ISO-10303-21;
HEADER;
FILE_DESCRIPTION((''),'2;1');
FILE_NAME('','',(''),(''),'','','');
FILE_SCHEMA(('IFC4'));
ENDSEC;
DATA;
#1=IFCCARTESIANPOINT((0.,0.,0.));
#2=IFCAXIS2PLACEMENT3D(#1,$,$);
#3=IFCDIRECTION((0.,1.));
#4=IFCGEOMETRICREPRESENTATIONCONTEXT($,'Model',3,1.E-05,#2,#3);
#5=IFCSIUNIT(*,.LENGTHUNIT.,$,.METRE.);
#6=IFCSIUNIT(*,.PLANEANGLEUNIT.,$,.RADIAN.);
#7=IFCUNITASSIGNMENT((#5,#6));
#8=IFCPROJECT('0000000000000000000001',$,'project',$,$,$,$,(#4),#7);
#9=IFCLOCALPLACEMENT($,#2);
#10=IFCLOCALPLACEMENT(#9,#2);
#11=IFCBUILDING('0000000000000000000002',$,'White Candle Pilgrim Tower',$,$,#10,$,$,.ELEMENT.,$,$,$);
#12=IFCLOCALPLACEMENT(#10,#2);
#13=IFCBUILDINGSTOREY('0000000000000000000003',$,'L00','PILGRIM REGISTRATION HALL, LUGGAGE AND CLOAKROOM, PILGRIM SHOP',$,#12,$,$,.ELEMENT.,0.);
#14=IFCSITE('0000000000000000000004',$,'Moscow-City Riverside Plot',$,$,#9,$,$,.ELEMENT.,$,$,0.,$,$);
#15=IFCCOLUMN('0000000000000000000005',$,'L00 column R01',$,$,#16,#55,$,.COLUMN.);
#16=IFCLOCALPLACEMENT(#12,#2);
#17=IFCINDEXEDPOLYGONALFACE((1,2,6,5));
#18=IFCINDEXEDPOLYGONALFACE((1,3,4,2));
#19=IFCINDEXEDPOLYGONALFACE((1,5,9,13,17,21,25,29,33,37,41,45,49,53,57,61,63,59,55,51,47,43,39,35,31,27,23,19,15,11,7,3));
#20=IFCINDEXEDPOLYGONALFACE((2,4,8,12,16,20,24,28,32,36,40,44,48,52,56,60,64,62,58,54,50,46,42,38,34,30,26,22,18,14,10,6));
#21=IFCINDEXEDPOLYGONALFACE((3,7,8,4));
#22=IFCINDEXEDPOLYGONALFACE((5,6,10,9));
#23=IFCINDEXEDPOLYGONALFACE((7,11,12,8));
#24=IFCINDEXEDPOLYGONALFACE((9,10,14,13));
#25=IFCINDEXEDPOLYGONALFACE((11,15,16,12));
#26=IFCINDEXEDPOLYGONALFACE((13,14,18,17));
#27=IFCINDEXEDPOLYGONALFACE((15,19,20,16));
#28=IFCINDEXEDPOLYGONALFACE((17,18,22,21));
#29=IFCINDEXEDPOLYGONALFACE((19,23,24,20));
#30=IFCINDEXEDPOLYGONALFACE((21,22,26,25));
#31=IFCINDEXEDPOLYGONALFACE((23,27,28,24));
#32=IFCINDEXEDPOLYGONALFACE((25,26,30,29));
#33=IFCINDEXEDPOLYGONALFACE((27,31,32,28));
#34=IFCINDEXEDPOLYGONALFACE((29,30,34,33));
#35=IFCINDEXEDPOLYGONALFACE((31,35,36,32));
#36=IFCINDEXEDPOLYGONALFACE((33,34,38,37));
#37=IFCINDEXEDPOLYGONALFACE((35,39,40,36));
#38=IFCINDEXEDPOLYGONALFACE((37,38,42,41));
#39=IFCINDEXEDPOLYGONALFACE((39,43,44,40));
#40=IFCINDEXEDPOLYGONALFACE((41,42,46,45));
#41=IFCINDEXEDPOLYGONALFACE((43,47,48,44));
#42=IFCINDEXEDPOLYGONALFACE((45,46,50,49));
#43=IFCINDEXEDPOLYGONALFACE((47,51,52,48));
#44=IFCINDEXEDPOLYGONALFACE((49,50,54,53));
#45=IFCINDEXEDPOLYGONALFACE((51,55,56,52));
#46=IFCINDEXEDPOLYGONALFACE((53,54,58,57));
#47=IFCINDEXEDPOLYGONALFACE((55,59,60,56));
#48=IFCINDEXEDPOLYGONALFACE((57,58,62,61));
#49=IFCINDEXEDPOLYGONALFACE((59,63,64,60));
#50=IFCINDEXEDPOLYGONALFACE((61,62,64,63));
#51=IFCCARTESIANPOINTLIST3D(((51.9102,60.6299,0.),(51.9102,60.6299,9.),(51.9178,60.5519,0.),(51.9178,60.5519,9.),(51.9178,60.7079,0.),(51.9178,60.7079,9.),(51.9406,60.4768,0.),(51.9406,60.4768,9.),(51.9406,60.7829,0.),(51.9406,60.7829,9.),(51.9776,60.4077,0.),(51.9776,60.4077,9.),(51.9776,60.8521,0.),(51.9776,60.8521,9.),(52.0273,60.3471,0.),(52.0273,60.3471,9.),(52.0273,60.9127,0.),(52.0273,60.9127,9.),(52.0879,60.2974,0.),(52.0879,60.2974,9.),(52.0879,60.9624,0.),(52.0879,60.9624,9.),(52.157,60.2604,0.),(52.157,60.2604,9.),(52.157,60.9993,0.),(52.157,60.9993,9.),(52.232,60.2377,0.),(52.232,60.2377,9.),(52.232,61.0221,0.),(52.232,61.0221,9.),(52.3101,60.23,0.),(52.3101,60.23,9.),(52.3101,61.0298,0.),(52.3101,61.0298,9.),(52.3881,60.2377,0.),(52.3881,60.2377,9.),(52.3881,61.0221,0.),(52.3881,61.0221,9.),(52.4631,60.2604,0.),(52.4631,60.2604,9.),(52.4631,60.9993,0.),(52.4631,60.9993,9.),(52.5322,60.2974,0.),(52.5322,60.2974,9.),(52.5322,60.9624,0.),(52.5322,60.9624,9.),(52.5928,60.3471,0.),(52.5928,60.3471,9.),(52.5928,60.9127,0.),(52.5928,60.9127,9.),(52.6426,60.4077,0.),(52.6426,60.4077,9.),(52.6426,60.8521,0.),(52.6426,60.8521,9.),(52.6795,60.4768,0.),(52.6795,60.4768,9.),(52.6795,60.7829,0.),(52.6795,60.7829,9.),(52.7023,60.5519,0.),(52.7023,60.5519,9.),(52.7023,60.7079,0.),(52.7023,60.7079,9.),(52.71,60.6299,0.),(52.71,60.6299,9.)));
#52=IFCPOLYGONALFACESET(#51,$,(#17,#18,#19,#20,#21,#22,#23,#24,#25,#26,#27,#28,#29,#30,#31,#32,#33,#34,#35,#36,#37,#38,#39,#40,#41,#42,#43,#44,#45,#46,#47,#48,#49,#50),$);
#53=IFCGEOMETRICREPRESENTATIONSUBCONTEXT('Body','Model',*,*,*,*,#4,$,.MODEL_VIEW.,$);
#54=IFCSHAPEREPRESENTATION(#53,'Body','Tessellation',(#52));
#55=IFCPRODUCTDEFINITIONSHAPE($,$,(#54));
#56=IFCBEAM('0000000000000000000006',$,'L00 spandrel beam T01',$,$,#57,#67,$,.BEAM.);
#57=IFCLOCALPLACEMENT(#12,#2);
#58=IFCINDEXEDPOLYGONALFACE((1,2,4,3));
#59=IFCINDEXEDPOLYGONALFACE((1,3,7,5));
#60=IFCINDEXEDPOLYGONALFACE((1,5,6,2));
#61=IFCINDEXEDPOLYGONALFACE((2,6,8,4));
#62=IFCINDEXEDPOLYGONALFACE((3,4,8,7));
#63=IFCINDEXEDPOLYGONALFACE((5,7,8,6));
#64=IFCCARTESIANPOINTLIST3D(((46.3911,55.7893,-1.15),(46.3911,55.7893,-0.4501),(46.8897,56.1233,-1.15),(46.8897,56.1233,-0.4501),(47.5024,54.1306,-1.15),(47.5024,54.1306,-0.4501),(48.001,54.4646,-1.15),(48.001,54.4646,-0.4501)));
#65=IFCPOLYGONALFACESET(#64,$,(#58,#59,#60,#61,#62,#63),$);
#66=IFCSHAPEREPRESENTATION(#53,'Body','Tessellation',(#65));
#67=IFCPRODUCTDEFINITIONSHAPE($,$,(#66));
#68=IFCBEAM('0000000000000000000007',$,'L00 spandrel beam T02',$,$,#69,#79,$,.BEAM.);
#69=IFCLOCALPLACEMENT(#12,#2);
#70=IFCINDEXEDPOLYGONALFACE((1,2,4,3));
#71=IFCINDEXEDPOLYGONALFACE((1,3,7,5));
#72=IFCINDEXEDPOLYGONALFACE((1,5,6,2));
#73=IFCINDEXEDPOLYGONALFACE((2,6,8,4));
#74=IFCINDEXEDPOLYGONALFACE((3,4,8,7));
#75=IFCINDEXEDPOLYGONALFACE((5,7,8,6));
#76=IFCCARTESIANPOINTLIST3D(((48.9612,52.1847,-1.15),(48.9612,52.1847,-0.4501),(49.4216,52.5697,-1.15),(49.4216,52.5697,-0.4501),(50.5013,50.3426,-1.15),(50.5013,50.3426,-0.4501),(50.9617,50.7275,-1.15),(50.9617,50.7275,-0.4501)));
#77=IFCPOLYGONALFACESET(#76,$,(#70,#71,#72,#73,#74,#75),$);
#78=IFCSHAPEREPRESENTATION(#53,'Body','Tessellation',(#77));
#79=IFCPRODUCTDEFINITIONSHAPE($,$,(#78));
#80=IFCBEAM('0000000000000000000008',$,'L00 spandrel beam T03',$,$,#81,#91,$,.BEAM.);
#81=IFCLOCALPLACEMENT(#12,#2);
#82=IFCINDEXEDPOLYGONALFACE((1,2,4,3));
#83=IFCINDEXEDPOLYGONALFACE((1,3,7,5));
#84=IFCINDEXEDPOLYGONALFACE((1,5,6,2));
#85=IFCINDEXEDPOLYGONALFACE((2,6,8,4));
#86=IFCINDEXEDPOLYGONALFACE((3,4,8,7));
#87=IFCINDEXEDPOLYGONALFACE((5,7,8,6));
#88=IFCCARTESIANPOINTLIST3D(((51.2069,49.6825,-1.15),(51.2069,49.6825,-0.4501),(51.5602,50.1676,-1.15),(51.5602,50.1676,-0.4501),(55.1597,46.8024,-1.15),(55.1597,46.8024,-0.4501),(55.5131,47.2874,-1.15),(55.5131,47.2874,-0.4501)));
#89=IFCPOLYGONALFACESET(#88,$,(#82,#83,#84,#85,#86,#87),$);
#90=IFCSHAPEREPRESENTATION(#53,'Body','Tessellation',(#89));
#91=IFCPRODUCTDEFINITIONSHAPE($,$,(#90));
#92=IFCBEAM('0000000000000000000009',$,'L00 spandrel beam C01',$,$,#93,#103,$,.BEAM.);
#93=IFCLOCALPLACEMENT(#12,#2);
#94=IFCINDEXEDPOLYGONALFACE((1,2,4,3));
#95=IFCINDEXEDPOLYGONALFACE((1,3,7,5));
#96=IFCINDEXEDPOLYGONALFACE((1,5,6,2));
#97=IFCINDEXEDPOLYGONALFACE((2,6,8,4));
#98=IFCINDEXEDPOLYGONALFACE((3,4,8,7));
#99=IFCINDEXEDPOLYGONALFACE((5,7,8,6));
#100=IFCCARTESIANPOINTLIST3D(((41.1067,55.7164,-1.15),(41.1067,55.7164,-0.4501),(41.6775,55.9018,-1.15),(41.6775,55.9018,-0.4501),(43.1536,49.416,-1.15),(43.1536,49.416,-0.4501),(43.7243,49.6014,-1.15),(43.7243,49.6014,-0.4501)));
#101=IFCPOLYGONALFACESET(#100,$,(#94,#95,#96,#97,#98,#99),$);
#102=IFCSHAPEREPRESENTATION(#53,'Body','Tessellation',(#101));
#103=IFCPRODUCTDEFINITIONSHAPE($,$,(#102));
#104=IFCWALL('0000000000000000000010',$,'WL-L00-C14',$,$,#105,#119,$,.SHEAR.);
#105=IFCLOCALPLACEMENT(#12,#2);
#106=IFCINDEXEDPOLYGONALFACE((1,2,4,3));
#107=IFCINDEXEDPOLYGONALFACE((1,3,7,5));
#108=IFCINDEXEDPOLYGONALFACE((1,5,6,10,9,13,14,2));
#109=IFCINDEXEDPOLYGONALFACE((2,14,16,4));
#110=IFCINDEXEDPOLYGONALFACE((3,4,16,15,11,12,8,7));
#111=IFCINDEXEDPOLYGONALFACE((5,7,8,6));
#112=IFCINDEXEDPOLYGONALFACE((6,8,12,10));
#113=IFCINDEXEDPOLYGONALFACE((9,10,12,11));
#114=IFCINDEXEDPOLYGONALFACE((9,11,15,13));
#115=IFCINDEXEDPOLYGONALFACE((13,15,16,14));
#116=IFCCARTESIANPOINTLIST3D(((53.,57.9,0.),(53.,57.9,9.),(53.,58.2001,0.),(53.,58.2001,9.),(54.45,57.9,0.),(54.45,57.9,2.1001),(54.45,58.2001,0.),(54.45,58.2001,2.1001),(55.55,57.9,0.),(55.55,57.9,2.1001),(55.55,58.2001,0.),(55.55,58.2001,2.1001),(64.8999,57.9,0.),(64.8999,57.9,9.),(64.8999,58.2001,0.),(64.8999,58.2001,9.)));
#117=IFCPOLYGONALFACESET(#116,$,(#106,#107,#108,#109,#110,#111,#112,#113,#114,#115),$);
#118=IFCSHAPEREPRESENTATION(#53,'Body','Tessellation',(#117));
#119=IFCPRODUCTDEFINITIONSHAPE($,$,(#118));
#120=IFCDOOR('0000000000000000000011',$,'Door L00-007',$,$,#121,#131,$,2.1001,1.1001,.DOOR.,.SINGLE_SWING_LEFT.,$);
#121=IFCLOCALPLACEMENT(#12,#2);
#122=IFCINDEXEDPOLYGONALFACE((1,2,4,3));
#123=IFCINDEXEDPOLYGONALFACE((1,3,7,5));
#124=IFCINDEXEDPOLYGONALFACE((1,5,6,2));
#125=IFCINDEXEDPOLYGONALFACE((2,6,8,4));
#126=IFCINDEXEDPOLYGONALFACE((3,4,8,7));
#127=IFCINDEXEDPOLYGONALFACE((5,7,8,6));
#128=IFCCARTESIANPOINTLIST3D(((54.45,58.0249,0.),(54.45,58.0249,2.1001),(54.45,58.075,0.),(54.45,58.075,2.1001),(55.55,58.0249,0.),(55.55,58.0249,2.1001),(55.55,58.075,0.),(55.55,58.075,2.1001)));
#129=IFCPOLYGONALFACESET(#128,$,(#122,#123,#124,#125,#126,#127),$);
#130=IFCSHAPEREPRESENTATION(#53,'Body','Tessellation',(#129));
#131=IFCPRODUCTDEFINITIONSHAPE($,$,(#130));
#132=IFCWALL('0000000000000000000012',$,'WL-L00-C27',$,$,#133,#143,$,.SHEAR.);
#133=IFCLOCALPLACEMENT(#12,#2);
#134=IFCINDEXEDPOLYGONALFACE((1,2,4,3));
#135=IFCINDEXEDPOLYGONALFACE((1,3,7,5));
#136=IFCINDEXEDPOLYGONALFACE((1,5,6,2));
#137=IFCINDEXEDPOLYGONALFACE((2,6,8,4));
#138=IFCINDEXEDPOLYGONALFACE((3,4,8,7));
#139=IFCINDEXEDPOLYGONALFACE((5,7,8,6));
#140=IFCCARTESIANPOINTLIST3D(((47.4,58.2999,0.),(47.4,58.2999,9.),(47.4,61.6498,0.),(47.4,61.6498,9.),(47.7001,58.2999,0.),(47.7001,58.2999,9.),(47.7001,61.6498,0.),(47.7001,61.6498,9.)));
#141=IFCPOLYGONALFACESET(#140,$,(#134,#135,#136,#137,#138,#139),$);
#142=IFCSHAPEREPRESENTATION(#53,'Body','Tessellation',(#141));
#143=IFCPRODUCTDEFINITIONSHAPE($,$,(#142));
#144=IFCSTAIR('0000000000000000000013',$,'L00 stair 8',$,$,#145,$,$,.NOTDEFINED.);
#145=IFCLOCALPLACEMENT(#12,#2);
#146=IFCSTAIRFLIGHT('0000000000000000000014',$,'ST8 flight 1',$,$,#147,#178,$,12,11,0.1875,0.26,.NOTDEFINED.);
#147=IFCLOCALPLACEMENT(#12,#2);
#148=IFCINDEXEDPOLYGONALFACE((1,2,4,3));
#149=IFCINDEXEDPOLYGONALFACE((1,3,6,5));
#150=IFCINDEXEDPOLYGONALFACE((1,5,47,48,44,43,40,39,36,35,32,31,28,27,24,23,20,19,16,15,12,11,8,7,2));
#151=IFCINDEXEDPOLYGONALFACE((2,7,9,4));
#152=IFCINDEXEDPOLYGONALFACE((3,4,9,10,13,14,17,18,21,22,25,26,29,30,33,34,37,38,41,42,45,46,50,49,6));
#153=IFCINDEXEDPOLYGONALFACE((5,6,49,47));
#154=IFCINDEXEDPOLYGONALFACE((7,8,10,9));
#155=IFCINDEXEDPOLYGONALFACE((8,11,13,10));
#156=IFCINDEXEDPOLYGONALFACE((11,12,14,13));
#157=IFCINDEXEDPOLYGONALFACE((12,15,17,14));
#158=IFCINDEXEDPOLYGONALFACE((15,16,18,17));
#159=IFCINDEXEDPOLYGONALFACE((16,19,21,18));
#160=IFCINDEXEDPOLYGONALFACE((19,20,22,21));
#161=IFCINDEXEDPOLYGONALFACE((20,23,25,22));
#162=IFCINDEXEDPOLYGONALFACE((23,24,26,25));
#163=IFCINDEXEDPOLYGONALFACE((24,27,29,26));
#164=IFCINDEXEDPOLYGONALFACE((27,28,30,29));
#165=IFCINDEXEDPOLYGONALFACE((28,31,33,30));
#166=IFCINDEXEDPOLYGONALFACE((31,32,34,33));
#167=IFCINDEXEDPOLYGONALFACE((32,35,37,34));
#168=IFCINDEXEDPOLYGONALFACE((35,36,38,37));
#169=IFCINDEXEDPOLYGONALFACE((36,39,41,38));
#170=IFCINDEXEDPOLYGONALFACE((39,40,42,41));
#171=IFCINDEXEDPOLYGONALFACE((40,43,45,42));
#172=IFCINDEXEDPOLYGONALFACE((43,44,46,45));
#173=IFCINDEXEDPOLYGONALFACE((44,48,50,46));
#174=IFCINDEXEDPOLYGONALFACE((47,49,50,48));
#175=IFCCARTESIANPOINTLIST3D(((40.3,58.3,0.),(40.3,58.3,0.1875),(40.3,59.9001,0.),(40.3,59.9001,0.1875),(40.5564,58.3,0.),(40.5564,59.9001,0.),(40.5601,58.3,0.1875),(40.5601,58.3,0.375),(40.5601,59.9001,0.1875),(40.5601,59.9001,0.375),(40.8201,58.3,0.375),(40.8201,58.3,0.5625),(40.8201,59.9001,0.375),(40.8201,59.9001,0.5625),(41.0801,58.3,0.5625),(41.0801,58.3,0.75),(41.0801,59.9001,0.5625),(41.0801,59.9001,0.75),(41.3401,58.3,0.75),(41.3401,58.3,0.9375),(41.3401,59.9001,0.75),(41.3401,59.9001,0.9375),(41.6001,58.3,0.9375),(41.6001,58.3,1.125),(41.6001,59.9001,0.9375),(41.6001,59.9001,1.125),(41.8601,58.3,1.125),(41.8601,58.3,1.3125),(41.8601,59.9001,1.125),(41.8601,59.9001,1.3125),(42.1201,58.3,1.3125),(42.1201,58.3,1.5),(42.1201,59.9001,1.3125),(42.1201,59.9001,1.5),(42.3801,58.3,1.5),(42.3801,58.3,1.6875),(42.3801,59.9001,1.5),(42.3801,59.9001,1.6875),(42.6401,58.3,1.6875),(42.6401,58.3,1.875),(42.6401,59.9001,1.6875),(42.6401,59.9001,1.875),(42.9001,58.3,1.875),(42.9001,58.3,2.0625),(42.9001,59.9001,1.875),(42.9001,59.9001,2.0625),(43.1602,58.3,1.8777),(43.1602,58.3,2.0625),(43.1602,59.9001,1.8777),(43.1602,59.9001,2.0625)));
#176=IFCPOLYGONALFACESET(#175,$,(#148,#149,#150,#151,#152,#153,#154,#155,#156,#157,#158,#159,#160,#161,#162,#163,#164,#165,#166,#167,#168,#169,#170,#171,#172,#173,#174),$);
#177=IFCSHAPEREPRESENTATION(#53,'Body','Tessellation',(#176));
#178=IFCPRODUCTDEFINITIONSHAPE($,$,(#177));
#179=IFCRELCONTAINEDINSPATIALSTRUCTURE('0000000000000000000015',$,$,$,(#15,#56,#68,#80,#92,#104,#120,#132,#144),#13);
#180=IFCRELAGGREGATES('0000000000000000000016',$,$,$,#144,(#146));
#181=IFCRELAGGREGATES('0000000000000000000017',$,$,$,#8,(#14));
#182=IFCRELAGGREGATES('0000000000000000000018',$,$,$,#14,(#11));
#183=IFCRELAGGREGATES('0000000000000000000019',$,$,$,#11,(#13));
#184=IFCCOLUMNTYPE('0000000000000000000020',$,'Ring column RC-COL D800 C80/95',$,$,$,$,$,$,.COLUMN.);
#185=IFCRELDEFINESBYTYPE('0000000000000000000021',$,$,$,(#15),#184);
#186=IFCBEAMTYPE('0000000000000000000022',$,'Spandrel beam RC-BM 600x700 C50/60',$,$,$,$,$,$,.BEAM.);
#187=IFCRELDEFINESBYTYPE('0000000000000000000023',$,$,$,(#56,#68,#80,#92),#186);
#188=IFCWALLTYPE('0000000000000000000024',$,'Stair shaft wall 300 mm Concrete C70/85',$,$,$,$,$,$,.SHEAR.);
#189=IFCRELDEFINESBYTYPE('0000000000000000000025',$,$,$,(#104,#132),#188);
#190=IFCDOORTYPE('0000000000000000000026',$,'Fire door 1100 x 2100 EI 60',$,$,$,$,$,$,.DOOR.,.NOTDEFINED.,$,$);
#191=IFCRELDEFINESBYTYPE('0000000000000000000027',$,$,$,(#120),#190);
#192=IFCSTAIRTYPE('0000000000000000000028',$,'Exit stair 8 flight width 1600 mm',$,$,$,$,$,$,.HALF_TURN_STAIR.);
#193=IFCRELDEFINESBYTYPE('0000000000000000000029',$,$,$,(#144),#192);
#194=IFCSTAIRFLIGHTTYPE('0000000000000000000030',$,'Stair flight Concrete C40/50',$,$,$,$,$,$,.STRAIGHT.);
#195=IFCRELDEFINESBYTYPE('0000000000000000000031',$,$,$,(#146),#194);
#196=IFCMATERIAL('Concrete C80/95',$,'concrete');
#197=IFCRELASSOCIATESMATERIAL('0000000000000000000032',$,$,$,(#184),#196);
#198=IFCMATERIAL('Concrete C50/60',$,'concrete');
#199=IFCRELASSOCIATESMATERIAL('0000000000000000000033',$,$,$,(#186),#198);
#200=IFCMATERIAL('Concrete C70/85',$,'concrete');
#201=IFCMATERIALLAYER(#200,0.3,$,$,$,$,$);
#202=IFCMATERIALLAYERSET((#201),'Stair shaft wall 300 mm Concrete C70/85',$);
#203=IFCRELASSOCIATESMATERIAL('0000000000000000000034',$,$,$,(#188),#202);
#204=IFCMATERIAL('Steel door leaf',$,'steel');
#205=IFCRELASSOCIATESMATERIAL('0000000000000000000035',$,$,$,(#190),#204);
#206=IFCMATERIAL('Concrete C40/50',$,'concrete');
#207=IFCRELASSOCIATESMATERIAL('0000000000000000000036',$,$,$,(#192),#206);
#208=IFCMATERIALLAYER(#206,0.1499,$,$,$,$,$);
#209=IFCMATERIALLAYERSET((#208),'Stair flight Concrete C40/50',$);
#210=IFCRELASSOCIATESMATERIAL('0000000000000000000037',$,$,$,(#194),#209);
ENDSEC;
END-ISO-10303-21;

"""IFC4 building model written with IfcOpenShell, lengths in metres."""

from ifc_helpers import new_model, si_unit, direction, frame, frame_2d, origin, origin_2d, place, context, subcontext, project, spatial, polyline, rectangle, circle, outline, extrude, material, layer, layer_set, material_profile, profile_set, type_object, element, fill, aggregate, save


model = new_model("IFC4")

# Units and contexts
model_context = context("Model", 3, precision=1e-05, world=origin(), true_north=direction((0.0, 1.0)))
body_context = subcontext(model_context, "Body", "Model", "MODEL_VIEW")
ifc_project = project(units=[si_unit("LENGTHUNIT", "METRE"), si_unit("PLANEANGLEUNIT", "RADIAN")], contexts=[model_context])

# Site, building, storey
site_placement = place(None, origin())
site = spatial("IfcSite", under=ifc_project, at=site_placement, Name="Moscow-City Riverside Plot", CompositionType="ELEMENT", RefElevation=0.0)
building_placement = place(site_placement, origin())
building = spatial("IfcBuilding", under=site, at=building_placement, Name="White Candle Pilgrim Tower", CompositionType="ELEMENT")
storey_placement = place(building_placement, origin())
storey = spatial("IfcBuildingStorey", under=building, at=storey_placement, Name="L00", Description="PILGRIM REGISTRATION HALL, LUGGAGE AND CLOAKROOM, PILGRIM SHOP", CompositionType="ELEMENT", Elevation=0.0)

# Column
ifc_material_1 = material(Name="Concrete C80/95", Category="concrete")
ifc_material_profile_1 = material_profile(ifc_material_1, circle(Radius=0.3999, at=origin_2d()), Name="RC-COL D800")
ifc_profile_set_1 = profile_set([ifc_material_profile_1], Name="Concrete C80/95")
column_type_1 = type_object("IfcColumnType", Name="Ring column RC-COL D800 C80/95", PredefinedType="COLUMN", material=ifc_profile_set_1)
column_1_placement = place(storey_placement, frame((52.3101, 60.6299, 0.0), z_axis=(0.0, 0.0, 1.0), x_axis=(1.0, 0.0, 0.0)))
element("IfcColumn", 1, at=column_1_placement, inside=storey, type_object=column_type_1, Name="L00 column R01", PredefinedType="COLUMN", context=body_context, shape_type="SweptSolid", body=[
    extrude(circle(Radius=0.3999, at=origin_2d()), origin(), (0.0, 0.0, 1.0), 9.0),
])

# Beams
ifc_material_2 = material(Name="Concrete C50/60", Category="concrete")
ifc_material_profile_2 = material_profile(ifc_material_2, rectangle(XDim=0.6001, YDim=0.7, at=origin_2d()), Name="RC-BM 600x700")
ifc_profile_set_2 = profile_set([ifc_material_profile_2], Name="Concrete C50/60")
beam_type = type_object("IfcBeamType", Name="Spandrel beam RC-BM 600x700 C50/60", PredefinedType="BEAM", material=ifc_profile_set_2)
beam_1_placement = place(storey_placement, frame((46.6404, 55.9563, -0.8), z_axis=(0.556618, -0.830769, 0.0), x_axis=(0.830769, 0.556618, 0.0)))
element("IfcBeam", 2, at=beam_1_placement, inside=storey, type_object=beam_type, Name="L00 spandrel beam T01", PredefinedType="BEAM", context=body_context, shape_type="SweptSolid", body=[
    extrude(rectangle(XDim=0.6001, YDim=0.7, at=origin_2d()), origin(), (0.0, 0.0, 1.0), 1.9966),
])
beam_2_placement = place(storey_placement, frame((49.1914, 52.3772, -0.8), z_axis=(0.641414, -0.767195, 0.0), x_axis=(0.767195, 0.641414, 0.0)))
element("IfcBeam", 3, at=beam_2_placement, inside=storey, type_object=beam_type, Name="L00 spandrel beam T02", PredefinedType="BEAM", context=body_context, shape_type="SweptSolid", body=[
    extrude(rectangle(XDim=0.6001, YDim=0.7, at=origin_2d()), origin(), (0.0, 0.0, 1.0), 2.4011),
])
beam_3_placement = place(storey_placement, frame((51.3835, 49.925, -0.8), z_axis=(0.80822, -0.588881, 0.0), x_axis=(0.588881, 0.80822, 0.0)))
element("IfcBeam", 4, at=beam_3_placement, inside=storey, type_object=beam_type, Name="L00 spandrel beam T03", PredefinedType="BEAM", context=body_context, shape_type="SweptSolid", body=[
    extrude(rectangle(XDim=0.6001, YDim=0.7, at=origin_2d()), origin(), (0.0, 0.0, 1.0), 4.8909),
])
beam_4_placement = place(storey_placement, frame((41.3921, 55.8091, -0.8), z_axis=(0.308988, -0.951066, 0.0), x_axis=(0.951066, 0.308988, 0.0)))
element("IfcBeam", 5, at=beam_4_placement, inside=storey, type_object=beam_type, Name="L00 spandrel beam C01", PredefinedType="BEAM", context=body_context, shape_type="SweptSolid", body=[
    extrude(rectangle(XDim=0.6001, YDim=0.7, at=origin_2d()), origin(), (0.0, 0.0, 1.0), 6.6245),
])

# Wall, opening, door
ifc_material_3 = material(Name="Concrete C70/85", Category="concrete")
ifc_layer_1 = layer(ifc_material_3, 0.3)
ifc_layer_set_1 = layer_set([ifc_layer_1], Name="Stair shaft wall 300 mm Concrete C70/85")
wall_type = type_object("IfcWallType", Name="Stair shaft wall 300 mm Concrete C70/85", PredefinedType="SHEAR", material=ifc_layer_set_1)
wall_1_placement = place(storey_placement, frame((53.0, 58.05, 0.0), z_axis=(0.0, 0.0, 1.0), x_axis=(1.0, 0.0, 0.0)))
wall_1 = element("IfcWall", 6, at=wall_1_placement, inside=storey, type_object=wall_type, Name="WL-L00-C14", PredefinedType="SHEAR", context=body_context, shape_type="SweptSolid", body=[
    extrude(rectangle(XDim=11.8999, YDim=0.3, at=frame_2d((5.95, 0.0))), origin(), (0.0, 0.0, 1.0), 9.0),
])
opening_placement = place(wall_1_placement, frame((1.45, 0.0, 0.0)))
opening = element("IfcOpeningElement", 7, at=opening_placement, cuts=wall_1, PredefinedType="OPENING", context=body_context, shape_type="SweptSolid", body=[
    extrude(rectangle(XDim=1.1001, YDim=2.1001, at=frame_2d((0.55, 1.05))), frame((0.0, 0.1599, 0.0), z_axis=(0.0, -1.0, 0.0), x_axis=(1.0, 0.0, 0.0)), (0.0, 0.0, 1.0), 0.3201),
])
ifc_material_4 = material(Name="Steel door leaf", Category="steel")
door_type = type_object("IfcDoorType", Name="Fire door 1100 x 2100 EI 60", OperationType="NOTDEFINED", PredefinedType="DOOR", material=ifc_material_4)
door_placement = place(opening_placement, origin())
door = element("IfcDoor", 8, at=door_placement, inside=storey, type_object=door_type, Name="Door L00-007", OperationType="SINGLE_SWING_LEFT", OverallHeight=2.1001, OverallWidth=1.1001, PredefinedType="DOOR", context=body_context, shape_type="SweptSolid", body=[
    extrude(rectangle(XDim=1.1001, YDim=2.1001, at=frame_2d((0.55, 1.05))), frame((0.0, 0.0249, 0.0), z_axis=(0.0, -1.0, 0.0), x_axis=(1.0, 0.0, 0.0)), (0.0, 0.0, 1.0), 0.05),
])
fill(opening, door)

# Wall
wall_2_placement = place(storey_placement, frame((47.55, 58.3, 0.0), z_axis=(0.0, 0.0, 1.0), x_axis=(0.0, 1.0, 0.0)))
element("IfcWall", 9, at=wall_2_placement, inside=storey, type_object=wall_type, Name="WL-L00-C27", PredefinedType="SHEAR", context=body_context, shape_type="SweptSolid", body=[
    extrude(rectangle(XDim=3.3499, YDim=0.3, at=frame_2d((1.6748, 0.0))), origin(), (0.0, 0.0, 1.0), 9.0),
])

# Stair, stair flight
ifc_material_5 = material(Name="Concrete C40/50", Category="concrete")
stair_type = type_object("IfcStairType", Name="Exit stair 8 flight width 1600 mm", PredefinedType="HALF_TURN_STAIR", material=ifc_material_5)
stair_placement = place(storey_placement, origin())
stair = element("IfcStair", 10, at=stair_placement, inside=storey, type_object=stair_type, Name="L00 stair 8", PredefinedType="NOTDEFINED")
ifc_layer_2 = layer(ifc_material_5, 0.1499)
ifc_layer_set_2 = layer_set([ifc_layer_2], Name="Stair flight Concrete C40/50")
stair_flight_type = type_object("IfcStairFlightType", Name="Stair flight Concrete C40/50", PredefinedType="STRAIGHT", material=ifc_layer_set_2)
stair_flight_1_placement = place(storey_placement, frame((40.3, 59.1001, 0.0), z_axis=(0.0, 0.0, 1.0), x_axis=(1.0, 0.0, 0.0)))
stair_flight_1 = element("IfcStairFlight", 11, at=stair_flight_1_placement, type_object=stair_flight_type, Name="ST8 flight 1", NumberOfRisers=12, NumberOfTreads=11, PredefinedType="NOTDEFINED", RiserHeight=0.1875, TreadLength=0.26, context=body_context, shape_type="SweptSolid", body=[
    extrude(outline(polyline([(0.0, 0.0), (0.0, 0.1875), (0.26, 0.1875), (0.26, 0.375), (0.52, 0.375), (0.52, 0.5625), (0.78, 0.5625), (0.78, 0.75), (1.04, 0.75), (1.04, 0.9375), (1.3, 0.9375), (1.3, 1.125), (1.5601, 1.125), (1.5601, 1.3125), (1.8201, 1.3125), (1.8201, 1.5), (2.0801, 1.5), (2.0801, 1.6875), (2.3401, 1.6875), (2.3401, 1.875), (2.6001, 1.875), (2.6001, 2.0625), (2.8601, 2.0625), (2.8601, 2.25), (2.8601, 1.8777), (0.2563, 0.0), (0.0, 0.0)])), frame((0.0, 0.8, 0.0), z_axis=(0.0, -1.0, 0.0), x_axis=(1.0, 0.0, 0.0)), (0.0, 0.0, 1.0), 1.6001),
])
aggregate(stair, [stair_flight_1])

save(model, "model.ifc")
